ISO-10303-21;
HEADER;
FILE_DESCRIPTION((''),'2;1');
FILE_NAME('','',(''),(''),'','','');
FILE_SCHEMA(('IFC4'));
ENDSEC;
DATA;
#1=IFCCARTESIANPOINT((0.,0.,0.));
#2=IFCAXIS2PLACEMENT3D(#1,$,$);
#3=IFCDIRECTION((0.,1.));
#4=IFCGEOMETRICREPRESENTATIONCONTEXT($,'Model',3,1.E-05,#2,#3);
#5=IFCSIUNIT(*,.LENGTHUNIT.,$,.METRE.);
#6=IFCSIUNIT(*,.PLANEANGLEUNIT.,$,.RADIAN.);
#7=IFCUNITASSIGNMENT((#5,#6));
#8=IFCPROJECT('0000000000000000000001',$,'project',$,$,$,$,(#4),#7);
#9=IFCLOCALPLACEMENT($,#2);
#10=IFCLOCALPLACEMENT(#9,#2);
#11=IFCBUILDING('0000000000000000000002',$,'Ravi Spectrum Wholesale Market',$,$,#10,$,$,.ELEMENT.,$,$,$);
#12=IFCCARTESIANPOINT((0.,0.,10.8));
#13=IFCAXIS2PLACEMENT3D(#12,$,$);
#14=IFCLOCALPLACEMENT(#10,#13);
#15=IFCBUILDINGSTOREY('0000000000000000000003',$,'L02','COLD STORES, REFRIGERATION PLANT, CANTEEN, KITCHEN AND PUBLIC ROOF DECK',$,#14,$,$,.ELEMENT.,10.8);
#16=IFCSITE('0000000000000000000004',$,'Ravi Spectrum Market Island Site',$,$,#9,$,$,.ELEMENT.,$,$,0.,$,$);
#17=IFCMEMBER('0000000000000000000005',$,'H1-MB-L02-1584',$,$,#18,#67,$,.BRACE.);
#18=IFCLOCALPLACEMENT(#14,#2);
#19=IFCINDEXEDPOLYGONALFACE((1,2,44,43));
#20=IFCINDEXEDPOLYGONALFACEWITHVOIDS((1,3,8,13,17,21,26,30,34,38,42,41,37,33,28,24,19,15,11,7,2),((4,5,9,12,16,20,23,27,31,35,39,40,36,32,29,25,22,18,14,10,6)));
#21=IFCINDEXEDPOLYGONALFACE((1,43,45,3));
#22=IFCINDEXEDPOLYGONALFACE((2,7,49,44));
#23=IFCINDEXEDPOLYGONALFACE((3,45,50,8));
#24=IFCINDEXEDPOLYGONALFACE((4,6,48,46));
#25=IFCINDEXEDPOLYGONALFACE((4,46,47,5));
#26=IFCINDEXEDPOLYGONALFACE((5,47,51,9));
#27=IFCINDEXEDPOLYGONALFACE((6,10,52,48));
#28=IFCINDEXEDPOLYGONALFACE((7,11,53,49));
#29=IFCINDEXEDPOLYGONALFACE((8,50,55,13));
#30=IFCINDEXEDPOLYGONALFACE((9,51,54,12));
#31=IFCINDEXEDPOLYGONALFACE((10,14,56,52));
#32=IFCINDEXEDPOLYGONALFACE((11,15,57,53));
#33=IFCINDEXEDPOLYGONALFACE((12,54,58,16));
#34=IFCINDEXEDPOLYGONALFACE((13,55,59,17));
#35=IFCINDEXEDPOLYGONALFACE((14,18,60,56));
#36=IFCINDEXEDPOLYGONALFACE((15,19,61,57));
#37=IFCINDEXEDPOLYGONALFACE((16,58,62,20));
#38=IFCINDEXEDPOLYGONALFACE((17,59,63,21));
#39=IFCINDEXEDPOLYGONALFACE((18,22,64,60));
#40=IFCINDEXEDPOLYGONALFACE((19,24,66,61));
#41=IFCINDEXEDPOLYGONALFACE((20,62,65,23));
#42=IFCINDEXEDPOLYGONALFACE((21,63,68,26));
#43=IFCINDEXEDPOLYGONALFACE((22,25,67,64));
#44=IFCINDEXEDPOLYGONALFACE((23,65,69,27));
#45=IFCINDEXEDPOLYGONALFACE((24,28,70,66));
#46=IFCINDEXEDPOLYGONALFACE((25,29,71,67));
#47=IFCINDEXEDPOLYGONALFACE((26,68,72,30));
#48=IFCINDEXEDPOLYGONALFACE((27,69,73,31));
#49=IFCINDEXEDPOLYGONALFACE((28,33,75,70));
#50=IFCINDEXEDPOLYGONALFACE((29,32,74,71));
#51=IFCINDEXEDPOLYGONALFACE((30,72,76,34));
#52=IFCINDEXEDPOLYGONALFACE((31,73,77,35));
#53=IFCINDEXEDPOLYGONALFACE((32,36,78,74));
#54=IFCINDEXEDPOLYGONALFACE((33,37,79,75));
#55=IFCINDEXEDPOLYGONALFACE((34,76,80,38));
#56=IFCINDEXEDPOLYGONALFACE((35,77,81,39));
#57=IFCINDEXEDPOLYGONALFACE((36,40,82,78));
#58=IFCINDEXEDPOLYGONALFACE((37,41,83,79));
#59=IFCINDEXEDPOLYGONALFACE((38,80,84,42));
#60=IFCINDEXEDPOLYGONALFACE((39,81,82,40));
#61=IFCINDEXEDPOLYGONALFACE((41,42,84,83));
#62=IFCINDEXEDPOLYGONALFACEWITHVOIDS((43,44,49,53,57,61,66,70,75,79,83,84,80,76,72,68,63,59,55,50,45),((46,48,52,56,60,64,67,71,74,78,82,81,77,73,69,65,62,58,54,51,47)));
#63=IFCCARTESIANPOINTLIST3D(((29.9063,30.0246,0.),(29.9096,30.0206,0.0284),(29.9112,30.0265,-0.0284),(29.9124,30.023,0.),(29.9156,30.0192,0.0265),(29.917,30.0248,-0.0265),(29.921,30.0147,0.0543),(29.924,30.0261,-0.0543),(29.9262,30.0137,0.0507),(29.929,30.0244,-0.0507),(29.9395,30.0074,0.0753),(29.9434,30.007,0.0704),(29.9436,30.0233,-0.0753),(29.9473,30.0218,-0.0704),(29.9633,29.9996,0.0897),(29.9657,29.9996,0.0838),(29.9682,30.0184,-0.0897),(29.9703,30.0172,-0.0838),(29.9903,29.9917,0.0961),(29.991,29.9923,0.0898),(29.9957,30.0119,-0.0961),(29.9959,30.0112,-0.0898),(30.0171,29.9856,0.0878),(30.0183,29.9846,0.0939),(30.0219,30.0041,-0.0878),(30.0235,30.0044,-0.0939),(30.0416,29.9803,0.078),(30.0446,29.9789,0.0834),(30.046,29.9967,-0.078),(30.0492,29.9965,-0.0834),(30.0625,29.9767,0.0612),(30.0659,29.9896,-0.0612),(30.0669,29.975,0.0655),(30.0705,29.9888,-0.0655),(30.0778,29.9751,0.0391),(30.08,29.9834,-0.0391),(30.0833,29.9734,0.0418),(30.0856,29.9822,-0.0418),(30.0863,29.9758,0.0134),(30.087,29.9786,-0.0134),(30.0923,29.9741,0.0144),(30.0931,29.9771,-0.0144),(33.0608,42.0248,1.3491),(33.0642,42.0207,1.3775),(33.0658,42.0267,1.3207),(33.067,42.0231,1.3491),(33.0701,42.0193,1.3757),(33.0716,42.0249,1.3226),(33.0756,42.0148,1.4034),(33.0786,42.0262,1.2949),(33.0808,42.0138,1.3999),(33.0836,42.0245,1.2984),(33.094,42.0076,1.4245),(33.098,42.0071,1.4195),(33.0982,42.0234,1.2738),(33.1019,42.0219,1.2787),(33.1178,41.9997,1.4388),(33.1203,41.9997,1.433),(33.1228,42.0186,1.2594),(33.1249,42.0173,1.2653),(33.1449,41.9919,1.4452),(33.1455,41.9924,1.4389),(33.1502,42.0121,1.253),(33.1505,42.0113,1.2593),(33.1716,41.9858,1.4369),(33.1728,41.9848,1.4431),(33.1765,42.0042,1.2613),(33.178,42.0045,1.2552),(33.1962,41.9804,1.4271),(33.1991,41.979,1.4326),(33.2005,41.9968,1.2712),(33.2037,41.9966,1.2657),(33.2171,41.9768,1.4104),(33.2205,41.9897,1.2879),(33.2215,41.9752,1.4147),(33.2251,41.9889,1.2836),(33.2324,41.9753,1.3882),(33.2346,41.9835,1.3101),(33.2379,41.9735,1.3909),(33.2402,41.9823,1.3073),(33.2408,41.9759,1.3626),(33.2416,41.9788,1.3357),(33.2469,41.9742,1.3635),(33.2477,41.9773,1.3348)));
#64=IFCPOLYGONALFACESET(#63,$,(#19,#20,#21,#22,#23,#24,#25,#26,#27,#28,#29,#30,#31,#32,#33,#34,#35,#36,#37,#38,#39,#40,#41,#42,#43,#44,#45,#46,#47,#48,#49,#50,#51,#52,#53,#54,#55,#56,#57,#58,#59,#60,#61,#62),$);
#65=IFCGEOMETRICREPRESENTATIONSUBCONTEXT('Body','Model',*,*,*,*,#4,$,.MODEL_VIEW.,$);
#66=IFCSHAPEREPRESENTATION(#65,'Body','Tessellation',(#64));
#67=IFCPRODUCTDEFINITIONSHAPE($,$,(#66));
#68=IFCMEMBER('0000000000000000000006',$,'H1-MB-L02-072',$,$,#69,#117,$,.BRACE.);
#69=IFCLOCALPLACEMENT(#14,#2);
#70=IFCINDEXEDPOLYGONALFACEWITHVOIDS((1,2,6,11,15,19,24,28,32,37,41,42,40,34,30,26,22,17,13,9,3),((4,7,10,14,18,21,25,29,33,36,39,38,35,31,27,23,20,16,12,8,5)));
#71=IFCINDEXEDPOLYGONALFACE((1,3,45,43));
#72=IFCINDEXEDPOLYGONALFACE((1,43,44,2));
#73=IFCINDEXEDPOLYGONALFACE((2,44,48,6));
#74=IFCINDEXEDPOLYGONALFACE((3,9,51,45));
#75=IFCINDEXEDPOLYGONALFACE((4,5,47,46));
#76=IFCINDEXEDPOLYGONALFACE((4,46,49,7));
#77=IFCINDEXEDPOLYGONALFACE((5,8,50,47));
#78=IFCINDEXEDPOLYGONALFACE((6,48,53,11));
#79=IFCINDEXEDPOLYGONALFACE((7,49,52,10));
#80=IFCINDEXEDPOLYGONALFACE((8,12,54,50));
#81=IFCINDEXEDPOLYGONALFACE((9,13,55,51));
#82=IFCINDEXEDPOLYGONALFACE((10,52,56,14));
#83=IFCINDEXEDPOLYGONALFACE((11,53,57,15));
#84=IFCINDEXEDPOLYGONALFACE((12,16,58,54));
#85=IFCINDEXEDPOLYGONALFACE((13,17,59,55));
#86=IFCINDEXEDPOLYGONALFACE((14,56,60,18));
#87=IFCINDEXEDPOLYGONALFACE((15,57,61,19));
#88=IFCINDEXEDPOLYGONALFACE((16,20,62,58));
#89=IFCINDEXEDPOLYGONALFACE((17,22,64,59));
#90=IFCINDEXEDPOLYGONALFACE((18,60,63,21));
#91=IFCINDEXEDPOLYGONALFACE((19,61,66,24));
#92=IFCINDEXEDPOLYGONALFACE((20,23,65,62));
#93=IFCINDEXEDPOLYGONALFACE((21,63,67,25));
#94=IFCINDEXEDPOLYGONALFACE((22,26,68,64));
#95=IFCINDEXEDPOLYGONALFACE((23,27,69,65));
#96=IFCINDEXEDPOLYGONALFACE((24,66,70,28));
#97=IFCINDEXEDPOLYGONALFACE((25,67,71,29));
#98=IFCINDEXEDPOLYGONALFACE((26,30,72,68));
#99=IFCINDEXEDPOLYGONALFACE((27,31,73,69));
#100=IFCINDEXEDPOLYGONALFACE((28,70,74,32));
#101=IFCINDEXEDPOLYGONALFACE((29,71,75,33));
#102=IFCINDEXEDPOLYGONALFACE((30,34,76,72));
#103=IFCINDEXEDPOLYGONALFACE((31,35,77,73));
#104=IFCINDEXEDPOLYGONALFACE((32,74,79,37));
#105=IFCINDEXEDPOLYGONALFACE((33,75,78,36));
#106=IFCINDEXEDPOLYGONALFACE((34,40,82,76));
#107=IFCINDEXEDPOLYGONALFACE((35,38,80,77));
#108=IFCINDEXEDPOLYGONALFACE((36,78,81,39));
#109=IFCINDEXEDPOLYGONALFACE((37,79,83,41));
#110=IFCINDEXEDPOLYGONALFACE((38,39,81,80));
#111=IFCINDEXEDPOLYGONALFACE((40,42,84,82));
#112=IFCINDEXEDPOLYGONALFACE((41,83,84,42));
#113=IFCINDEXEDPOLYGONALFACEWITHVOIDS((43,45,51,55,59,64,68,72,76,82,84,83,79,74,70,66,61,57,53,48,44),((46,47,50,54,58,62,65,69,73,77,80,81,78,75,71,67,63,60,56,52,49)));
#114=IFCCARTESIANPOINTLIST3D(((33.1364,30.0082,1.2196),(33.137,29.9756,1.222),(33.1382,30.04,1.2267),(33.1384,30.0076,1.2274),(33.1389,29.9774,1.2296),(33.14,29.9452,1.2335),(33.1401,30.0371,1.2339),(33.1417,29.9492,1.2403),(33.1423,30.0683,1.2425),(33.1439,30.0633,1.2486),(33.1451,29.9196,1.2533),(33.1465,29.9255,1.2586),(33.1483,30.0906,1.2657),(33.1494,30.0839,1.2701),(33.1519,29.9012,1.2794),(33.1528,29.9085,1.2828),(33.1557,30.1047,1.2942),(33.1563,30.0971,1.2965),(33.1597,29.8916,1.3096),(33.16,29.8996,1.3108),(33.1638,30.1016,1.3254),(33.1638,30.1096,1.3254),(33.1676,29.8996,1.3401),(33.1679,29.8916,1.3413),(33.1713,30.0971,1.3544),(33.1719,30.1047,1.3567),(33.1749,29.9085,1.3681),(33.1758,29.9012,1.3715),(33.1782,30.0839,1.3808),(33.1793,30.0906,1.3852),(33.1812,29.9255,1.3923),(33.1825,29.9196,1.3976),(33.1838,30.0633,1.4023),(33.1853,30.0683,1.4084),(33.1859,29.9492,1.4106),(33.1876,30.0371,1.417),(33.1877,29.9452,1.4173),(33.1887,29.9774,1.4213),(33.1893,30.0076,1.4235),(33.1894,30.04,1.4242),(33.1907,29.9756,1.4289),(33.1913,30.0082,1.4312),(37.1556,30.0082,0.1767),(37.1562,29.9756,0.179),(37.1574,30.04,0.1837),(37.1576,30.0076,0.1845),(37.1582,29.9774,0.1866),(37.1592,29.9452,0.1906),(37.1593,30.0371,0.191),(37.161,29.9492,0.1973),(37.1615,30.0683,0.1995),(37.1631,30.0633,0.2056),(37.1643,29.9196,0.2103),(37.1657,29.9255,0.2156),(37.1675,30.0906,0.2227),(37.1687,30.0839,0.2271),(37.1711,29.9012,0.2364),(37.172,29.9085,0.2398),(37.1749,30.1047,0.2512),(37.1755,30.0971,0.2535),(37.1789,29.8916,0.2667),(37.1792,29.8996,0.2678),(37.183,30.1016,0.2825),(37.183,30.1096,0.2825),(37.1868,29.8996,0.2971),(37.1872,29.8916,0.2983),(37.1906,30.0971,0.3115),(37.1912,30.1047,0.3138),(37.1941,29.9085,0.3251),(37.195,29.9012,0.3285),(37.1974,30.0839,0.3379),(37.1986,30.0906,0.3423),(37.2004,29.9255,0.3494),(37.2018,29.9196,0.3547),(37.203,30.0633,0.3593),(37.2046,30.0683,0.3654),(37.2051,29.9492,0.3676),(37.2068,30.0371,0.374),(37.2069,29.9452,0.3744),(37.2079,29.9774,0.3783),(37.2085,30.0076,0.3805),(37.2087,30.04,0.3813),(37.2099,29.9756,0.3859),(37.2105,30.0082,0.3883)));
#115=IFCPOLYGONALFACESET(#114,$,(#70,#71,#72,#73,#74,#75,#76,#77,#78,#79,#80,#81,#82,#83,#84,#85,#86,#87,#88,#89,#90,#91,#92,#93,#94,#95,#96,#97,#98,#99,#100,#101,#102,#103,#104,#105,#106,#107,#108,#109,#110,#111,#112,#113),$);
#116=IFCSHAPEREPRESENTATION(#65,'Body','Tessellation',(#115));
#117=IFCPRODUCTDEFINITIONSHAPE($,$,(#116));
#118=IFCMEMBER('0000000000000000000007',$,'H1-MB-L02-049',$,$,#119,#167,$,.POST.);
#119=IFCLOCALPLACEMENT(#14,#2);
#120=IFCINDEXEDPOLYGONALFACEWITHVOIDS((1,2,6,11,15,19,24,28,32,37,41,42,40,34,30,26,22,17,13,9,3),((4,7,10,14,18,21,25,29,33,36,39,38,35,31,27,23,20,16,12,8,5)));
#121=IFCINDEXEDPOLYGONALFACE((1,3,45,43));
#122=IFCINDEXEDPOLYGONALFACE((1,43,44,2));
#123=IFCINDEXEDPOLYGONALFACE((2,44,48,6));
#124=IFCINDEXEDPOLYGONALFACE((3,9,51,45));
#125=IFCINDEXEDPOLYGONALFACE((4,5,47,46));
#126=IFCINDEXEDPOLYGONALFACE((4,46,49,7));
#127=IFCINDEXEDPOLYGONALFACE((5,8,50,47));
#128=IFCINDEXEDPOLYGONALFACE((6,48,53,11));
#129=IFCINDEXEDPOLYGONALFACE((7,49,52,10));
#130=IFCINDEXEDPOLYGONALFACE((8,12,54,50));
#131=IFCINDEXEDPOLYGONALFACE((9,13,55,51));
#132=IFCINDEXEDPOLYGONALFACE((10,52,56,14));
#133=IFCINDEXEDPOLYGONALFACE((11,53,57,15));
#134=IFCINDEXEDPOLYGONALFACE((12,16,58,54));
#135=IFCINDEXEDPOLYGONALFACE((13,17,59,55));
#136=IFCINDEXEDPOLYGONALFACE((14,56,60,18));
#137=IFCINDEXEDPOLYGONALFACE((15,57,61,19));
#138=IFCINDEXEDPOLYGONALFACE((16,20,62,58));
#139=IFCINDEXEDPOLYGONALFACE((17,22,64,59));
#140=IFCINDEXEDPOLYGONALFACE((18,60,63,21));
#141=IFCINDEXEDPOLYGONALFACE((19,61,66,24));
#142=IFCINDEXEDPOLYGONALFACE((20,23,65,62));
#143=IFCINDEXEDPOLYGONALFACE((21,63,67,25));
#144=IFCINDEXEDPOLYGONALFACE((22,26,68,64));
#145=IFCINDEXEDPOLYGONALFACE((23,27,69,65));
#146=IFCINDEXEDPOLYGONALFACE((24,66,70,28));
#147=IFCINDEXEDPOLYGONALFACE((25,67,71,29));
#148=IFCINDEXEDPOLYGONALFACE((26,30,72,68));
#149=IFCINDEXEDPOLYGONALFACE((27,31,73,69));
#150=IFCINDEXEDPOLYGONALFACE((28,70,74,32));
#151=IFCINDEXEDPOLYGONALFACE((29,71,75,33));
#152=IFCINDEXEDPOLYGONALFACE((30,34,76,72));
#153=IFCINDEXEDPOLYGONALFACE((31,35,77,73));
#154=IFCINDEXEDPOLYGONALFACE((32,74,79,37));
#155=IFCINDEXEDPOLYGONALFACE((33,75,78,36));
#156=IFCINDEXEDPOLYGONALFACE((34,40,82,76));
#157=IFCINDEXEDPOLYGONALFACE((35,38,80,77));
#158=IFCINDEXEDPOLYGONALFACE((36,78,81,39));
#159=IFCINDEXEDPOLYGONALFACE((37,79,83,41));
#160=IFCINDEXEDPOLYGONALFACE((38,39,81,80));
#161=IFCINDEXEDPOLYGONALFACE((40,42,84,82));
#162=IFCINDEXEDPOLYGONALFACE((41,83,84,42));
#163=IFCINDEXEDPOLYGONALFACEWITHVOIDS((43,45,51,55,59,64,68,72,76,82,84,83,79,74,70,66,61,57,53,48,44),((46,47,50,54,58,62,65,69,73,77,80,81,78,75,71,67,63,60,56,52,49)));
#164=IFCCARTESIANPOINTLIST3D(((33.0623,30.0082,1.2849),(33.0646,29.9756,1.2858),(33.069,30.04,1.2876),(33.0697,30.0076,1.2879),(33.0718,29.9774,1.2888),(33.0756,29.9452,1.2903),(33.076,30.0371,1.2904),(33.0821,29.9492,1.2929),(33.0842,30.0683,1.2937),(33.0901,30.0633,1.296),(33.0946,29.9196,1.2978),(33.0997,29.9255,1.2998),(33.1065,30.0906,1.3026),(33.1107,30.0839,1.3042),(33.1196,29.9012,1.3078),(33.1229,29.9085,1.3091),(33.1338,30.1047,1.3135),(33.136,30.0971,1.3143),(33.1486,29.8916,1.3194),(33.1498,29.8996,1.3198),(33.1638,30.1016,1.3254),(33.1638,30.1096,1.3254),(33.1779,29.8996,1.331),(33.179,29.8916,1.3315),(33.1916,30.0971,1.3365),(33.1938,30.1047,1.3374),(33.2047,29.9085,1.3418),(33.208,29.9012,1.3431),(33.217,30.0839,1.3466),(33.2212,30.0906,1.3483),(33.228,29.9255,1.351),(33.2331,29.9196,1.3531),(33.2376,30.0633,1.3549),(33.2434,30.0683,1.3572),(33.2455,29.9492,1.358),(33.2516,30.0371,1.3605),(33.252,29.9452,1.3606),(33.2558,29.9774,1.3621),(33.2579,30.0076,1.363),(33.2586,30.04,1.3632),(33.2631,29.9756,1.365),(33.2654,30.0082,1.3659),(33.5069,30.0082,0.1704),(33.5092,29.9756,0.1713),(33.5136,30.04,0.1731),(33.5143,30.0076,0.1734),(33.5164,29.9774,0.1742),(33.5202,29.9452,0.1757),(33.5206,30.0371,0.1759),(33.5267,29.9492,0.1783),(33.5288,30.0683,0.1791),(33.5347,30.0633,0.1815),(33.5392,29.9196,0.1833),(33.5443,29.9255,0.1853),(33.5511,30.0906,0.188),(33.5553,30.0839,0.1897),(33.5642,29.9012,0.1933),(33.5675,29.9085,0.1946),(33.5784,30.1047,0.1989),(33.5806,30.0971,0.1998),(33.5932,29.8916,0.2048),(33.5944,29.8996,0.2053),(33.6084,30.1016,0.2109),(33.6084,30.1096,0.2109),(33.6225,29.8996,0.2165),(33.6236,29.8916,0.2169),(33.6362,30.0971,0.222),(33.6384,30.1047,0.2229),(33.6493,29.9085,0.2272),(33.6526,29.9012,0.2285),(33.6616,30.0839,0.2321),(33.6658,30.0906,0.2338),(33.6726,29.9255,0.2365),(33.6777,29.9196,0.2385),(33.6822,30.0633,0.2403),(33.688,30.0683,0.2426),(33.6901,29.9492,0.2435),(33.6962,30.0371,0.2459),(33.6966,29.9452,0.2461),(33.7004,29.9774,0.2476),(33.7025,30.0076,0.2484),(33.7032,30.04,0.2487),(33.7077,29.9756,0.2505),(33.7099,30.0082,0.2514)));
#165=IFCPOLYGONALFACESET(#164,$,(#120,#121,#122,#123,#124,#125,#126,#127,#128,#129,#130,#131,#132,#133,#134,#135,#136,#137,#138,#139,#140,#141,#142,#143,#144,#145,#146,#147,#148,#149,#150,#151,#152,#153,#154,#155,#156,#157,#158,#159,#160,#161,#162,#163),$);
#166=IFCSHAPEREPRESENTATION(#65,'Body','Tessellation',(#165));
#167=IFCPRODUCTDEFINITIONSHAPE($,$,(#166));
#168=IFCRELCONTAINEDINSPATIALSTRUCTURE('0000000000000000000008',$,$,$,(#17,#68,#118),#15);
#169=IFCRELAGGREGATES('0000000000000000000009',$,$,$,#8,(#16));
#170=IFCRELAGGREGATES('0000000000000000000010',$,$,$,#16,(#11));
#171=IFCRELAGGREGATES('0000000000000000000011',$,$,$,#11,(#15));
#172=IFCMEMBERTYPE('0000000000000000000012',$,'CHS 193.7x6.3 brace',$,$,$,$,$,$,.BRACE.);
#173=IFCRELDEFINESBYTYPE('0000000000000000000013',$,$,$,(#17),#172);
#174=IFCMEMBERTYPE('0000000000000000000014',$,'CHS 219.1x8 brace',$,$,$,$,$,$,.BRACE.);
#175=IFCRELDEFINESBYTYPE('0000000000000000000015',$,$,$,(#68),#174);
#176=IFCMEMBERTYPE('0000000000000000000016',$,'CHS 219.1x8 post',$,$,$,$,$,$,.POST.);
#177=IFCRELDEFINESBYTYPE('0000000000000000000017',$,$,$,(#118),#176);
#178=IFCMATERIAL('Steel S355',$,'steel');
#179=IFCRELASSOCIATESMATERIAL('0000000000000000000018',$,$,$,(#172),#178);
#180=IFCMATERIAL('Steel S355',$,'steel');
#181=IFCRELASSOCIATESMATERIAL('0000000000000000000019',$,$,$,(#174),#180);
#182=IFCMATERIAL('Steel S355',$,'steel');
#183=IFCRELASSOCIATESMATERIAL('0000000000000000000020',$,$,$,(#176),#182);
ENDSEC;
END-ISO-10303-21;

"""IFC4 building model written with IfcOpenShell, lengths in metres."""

from ifc_helpers import new_model, si_unit, direction, frame, origin, origin_2d, place, context, subcontext, project, spatial, hollow_circle, extrude, material, material_profile, profile_set, type_object, element, save


model = new_model("IFC4")

# Units and contexts
model_context = context("Model", 3, precision=1e-05, world=origin(), true_north=direction((0.0, 1.0)))
body_context = subcontext(model_context, "Body", "Model", "MODEL_VIEW")
ifc_project = project(units=[si_unit("LENGTHUNIT", "METRE"), si_unit("PLANEANGLEUNIT", "RADIAN")], contexts=[model_context])

# Site, building, storey
site_placement = place(None, origin())
site = spatial("IfcSite", under=ifc_project, at=site_placement, Name="Ravi Spectrum Market Island Site", CompositionType="ELEMENT", RefElevation=0.0)
building_placement = place(site_placement, origin())
building = spatial("IfcBuilding", under=site, at=building_placement, Name="Ravi Spectrum Wholesale Market", CompositionType="ELEMENT")
storey_placement = place(building_placement, frame((0.0, 0.0, 10.8)))
storey = spatial("IfcBuildingStorey", under=building, at=storey_placement, Name="L02", Description="COLD STORES, REFRIGERATION PLANT, CANTEEN, KITCHEN AND PUBLIC ROOF DECK", CompositionType="ELEMENT", Elevation=10.8)

# Members
ifc_material_1 = material(Name="Steel S355", Category="steel")
ifc_material_profile_1 = material_profile(ifc_material_1, hollow_circle(Radius=0.0969, WallThickness=0.0063, at=origin_2d()))
ifc_profile_set_1 = profile_set([ifc_material_profile_1], Name="Steel S355")
member_type_1 = type_object("IfcMemberType", Name="CHS 193.7x6.3 brace", PredefinedType="BRACE", material=ifc_profile_set_1)
member_1_placement = place(storey_placement, frame((30.0, 30.0, 0.0), z_axis=(0.252751, 0.961474, 0.108095), x_axis=(-0.967141, 0.254241, 0.0)))
element("IfcMember", 1, at=member_1_placement, inside=storey, type_object=member_type_1, Name="H1-MB-L02-1584", PredefinedType="BRACE", context=body_context, shape_type="SweptSolid", body=[
    extrude(hollow_circle(Radius=0.0969, WallThickness=0.0063, at=origin_2d()), origin(), (0.0, 0.0, 1.0), 12.481),
])
ifc_material_2 = material(Name="Steel S355", Category="steel")
ifc_material_profile_2 = material_profile(ifc_material_2, hollow_circle(Radius=0.1096, WallThickness=0.0081, at=origin_2d()))
ifc_profile_set_2 = profile_set([ifc_material_profile_2], Name="Steel S355")
member_type_2 = type_object("IfcMemberType", Name="CHS 219.1x8 brace", PredefinedType="BRACE", material=ifc_profile_set_2)
member_2_placement = place(storey_placement, frame((33.1638, 30.0, 1.3254), z_axis=(0.967942, 0.0, -0.251172), x_axis=(0.0, 1.0, 0.0)))
element("IfcMember", 2, at=member_2_placement, inside=storey, type_object=member_type_2, Name="H1-MB-L02-072", PredefinedType="BRACE", context=body_context, shape_type="SweptSolid", body=[
    extrude(hollow_circle(Radius=0.1096, WallThickness=0.0081, at=origin_2d()), origin(), (0.0, 0.0, 1.0), 4.1523),
])
ifc_material_3 = material(Name="Steel S355", Category="steel")
ifc_material_profile_3 = material_profile(ifc_material_3, hollow_circle(Radius=0.1096, WallThickness=0.0081, at=origin_2d()))
ifc_profile_set_3 = profile_set([ifc_material_profile_3], Name="Steel S355")
member_type_3 = type_object("IfcMemberType", Name="CHS 219.1x8 post", PredefinedType="POST", material=ifc_profile_set_3)
member_3_placement = place(storey_placement, frame((33.1638, 30.0, 1.3254), z_axis=(0.370513, 0.0, -0.928827), x_axis=(0.0, 1.0, 0.0)))
element("IfcMember", 3, at=member_3_placement, inside=storey, type_object=member_type_3, Name="H1-MB-L02-049", PredefinedType="POST", context=body_context, shape_type="SweptSolid", body=[
    extrude(hollow_circle(Radius=0.1096, WallThickness=0.0081, at=origin_2d()), origin(), (0.0, 0.0, 1.0), 1.2),
])

save(model, "model.ifc")
